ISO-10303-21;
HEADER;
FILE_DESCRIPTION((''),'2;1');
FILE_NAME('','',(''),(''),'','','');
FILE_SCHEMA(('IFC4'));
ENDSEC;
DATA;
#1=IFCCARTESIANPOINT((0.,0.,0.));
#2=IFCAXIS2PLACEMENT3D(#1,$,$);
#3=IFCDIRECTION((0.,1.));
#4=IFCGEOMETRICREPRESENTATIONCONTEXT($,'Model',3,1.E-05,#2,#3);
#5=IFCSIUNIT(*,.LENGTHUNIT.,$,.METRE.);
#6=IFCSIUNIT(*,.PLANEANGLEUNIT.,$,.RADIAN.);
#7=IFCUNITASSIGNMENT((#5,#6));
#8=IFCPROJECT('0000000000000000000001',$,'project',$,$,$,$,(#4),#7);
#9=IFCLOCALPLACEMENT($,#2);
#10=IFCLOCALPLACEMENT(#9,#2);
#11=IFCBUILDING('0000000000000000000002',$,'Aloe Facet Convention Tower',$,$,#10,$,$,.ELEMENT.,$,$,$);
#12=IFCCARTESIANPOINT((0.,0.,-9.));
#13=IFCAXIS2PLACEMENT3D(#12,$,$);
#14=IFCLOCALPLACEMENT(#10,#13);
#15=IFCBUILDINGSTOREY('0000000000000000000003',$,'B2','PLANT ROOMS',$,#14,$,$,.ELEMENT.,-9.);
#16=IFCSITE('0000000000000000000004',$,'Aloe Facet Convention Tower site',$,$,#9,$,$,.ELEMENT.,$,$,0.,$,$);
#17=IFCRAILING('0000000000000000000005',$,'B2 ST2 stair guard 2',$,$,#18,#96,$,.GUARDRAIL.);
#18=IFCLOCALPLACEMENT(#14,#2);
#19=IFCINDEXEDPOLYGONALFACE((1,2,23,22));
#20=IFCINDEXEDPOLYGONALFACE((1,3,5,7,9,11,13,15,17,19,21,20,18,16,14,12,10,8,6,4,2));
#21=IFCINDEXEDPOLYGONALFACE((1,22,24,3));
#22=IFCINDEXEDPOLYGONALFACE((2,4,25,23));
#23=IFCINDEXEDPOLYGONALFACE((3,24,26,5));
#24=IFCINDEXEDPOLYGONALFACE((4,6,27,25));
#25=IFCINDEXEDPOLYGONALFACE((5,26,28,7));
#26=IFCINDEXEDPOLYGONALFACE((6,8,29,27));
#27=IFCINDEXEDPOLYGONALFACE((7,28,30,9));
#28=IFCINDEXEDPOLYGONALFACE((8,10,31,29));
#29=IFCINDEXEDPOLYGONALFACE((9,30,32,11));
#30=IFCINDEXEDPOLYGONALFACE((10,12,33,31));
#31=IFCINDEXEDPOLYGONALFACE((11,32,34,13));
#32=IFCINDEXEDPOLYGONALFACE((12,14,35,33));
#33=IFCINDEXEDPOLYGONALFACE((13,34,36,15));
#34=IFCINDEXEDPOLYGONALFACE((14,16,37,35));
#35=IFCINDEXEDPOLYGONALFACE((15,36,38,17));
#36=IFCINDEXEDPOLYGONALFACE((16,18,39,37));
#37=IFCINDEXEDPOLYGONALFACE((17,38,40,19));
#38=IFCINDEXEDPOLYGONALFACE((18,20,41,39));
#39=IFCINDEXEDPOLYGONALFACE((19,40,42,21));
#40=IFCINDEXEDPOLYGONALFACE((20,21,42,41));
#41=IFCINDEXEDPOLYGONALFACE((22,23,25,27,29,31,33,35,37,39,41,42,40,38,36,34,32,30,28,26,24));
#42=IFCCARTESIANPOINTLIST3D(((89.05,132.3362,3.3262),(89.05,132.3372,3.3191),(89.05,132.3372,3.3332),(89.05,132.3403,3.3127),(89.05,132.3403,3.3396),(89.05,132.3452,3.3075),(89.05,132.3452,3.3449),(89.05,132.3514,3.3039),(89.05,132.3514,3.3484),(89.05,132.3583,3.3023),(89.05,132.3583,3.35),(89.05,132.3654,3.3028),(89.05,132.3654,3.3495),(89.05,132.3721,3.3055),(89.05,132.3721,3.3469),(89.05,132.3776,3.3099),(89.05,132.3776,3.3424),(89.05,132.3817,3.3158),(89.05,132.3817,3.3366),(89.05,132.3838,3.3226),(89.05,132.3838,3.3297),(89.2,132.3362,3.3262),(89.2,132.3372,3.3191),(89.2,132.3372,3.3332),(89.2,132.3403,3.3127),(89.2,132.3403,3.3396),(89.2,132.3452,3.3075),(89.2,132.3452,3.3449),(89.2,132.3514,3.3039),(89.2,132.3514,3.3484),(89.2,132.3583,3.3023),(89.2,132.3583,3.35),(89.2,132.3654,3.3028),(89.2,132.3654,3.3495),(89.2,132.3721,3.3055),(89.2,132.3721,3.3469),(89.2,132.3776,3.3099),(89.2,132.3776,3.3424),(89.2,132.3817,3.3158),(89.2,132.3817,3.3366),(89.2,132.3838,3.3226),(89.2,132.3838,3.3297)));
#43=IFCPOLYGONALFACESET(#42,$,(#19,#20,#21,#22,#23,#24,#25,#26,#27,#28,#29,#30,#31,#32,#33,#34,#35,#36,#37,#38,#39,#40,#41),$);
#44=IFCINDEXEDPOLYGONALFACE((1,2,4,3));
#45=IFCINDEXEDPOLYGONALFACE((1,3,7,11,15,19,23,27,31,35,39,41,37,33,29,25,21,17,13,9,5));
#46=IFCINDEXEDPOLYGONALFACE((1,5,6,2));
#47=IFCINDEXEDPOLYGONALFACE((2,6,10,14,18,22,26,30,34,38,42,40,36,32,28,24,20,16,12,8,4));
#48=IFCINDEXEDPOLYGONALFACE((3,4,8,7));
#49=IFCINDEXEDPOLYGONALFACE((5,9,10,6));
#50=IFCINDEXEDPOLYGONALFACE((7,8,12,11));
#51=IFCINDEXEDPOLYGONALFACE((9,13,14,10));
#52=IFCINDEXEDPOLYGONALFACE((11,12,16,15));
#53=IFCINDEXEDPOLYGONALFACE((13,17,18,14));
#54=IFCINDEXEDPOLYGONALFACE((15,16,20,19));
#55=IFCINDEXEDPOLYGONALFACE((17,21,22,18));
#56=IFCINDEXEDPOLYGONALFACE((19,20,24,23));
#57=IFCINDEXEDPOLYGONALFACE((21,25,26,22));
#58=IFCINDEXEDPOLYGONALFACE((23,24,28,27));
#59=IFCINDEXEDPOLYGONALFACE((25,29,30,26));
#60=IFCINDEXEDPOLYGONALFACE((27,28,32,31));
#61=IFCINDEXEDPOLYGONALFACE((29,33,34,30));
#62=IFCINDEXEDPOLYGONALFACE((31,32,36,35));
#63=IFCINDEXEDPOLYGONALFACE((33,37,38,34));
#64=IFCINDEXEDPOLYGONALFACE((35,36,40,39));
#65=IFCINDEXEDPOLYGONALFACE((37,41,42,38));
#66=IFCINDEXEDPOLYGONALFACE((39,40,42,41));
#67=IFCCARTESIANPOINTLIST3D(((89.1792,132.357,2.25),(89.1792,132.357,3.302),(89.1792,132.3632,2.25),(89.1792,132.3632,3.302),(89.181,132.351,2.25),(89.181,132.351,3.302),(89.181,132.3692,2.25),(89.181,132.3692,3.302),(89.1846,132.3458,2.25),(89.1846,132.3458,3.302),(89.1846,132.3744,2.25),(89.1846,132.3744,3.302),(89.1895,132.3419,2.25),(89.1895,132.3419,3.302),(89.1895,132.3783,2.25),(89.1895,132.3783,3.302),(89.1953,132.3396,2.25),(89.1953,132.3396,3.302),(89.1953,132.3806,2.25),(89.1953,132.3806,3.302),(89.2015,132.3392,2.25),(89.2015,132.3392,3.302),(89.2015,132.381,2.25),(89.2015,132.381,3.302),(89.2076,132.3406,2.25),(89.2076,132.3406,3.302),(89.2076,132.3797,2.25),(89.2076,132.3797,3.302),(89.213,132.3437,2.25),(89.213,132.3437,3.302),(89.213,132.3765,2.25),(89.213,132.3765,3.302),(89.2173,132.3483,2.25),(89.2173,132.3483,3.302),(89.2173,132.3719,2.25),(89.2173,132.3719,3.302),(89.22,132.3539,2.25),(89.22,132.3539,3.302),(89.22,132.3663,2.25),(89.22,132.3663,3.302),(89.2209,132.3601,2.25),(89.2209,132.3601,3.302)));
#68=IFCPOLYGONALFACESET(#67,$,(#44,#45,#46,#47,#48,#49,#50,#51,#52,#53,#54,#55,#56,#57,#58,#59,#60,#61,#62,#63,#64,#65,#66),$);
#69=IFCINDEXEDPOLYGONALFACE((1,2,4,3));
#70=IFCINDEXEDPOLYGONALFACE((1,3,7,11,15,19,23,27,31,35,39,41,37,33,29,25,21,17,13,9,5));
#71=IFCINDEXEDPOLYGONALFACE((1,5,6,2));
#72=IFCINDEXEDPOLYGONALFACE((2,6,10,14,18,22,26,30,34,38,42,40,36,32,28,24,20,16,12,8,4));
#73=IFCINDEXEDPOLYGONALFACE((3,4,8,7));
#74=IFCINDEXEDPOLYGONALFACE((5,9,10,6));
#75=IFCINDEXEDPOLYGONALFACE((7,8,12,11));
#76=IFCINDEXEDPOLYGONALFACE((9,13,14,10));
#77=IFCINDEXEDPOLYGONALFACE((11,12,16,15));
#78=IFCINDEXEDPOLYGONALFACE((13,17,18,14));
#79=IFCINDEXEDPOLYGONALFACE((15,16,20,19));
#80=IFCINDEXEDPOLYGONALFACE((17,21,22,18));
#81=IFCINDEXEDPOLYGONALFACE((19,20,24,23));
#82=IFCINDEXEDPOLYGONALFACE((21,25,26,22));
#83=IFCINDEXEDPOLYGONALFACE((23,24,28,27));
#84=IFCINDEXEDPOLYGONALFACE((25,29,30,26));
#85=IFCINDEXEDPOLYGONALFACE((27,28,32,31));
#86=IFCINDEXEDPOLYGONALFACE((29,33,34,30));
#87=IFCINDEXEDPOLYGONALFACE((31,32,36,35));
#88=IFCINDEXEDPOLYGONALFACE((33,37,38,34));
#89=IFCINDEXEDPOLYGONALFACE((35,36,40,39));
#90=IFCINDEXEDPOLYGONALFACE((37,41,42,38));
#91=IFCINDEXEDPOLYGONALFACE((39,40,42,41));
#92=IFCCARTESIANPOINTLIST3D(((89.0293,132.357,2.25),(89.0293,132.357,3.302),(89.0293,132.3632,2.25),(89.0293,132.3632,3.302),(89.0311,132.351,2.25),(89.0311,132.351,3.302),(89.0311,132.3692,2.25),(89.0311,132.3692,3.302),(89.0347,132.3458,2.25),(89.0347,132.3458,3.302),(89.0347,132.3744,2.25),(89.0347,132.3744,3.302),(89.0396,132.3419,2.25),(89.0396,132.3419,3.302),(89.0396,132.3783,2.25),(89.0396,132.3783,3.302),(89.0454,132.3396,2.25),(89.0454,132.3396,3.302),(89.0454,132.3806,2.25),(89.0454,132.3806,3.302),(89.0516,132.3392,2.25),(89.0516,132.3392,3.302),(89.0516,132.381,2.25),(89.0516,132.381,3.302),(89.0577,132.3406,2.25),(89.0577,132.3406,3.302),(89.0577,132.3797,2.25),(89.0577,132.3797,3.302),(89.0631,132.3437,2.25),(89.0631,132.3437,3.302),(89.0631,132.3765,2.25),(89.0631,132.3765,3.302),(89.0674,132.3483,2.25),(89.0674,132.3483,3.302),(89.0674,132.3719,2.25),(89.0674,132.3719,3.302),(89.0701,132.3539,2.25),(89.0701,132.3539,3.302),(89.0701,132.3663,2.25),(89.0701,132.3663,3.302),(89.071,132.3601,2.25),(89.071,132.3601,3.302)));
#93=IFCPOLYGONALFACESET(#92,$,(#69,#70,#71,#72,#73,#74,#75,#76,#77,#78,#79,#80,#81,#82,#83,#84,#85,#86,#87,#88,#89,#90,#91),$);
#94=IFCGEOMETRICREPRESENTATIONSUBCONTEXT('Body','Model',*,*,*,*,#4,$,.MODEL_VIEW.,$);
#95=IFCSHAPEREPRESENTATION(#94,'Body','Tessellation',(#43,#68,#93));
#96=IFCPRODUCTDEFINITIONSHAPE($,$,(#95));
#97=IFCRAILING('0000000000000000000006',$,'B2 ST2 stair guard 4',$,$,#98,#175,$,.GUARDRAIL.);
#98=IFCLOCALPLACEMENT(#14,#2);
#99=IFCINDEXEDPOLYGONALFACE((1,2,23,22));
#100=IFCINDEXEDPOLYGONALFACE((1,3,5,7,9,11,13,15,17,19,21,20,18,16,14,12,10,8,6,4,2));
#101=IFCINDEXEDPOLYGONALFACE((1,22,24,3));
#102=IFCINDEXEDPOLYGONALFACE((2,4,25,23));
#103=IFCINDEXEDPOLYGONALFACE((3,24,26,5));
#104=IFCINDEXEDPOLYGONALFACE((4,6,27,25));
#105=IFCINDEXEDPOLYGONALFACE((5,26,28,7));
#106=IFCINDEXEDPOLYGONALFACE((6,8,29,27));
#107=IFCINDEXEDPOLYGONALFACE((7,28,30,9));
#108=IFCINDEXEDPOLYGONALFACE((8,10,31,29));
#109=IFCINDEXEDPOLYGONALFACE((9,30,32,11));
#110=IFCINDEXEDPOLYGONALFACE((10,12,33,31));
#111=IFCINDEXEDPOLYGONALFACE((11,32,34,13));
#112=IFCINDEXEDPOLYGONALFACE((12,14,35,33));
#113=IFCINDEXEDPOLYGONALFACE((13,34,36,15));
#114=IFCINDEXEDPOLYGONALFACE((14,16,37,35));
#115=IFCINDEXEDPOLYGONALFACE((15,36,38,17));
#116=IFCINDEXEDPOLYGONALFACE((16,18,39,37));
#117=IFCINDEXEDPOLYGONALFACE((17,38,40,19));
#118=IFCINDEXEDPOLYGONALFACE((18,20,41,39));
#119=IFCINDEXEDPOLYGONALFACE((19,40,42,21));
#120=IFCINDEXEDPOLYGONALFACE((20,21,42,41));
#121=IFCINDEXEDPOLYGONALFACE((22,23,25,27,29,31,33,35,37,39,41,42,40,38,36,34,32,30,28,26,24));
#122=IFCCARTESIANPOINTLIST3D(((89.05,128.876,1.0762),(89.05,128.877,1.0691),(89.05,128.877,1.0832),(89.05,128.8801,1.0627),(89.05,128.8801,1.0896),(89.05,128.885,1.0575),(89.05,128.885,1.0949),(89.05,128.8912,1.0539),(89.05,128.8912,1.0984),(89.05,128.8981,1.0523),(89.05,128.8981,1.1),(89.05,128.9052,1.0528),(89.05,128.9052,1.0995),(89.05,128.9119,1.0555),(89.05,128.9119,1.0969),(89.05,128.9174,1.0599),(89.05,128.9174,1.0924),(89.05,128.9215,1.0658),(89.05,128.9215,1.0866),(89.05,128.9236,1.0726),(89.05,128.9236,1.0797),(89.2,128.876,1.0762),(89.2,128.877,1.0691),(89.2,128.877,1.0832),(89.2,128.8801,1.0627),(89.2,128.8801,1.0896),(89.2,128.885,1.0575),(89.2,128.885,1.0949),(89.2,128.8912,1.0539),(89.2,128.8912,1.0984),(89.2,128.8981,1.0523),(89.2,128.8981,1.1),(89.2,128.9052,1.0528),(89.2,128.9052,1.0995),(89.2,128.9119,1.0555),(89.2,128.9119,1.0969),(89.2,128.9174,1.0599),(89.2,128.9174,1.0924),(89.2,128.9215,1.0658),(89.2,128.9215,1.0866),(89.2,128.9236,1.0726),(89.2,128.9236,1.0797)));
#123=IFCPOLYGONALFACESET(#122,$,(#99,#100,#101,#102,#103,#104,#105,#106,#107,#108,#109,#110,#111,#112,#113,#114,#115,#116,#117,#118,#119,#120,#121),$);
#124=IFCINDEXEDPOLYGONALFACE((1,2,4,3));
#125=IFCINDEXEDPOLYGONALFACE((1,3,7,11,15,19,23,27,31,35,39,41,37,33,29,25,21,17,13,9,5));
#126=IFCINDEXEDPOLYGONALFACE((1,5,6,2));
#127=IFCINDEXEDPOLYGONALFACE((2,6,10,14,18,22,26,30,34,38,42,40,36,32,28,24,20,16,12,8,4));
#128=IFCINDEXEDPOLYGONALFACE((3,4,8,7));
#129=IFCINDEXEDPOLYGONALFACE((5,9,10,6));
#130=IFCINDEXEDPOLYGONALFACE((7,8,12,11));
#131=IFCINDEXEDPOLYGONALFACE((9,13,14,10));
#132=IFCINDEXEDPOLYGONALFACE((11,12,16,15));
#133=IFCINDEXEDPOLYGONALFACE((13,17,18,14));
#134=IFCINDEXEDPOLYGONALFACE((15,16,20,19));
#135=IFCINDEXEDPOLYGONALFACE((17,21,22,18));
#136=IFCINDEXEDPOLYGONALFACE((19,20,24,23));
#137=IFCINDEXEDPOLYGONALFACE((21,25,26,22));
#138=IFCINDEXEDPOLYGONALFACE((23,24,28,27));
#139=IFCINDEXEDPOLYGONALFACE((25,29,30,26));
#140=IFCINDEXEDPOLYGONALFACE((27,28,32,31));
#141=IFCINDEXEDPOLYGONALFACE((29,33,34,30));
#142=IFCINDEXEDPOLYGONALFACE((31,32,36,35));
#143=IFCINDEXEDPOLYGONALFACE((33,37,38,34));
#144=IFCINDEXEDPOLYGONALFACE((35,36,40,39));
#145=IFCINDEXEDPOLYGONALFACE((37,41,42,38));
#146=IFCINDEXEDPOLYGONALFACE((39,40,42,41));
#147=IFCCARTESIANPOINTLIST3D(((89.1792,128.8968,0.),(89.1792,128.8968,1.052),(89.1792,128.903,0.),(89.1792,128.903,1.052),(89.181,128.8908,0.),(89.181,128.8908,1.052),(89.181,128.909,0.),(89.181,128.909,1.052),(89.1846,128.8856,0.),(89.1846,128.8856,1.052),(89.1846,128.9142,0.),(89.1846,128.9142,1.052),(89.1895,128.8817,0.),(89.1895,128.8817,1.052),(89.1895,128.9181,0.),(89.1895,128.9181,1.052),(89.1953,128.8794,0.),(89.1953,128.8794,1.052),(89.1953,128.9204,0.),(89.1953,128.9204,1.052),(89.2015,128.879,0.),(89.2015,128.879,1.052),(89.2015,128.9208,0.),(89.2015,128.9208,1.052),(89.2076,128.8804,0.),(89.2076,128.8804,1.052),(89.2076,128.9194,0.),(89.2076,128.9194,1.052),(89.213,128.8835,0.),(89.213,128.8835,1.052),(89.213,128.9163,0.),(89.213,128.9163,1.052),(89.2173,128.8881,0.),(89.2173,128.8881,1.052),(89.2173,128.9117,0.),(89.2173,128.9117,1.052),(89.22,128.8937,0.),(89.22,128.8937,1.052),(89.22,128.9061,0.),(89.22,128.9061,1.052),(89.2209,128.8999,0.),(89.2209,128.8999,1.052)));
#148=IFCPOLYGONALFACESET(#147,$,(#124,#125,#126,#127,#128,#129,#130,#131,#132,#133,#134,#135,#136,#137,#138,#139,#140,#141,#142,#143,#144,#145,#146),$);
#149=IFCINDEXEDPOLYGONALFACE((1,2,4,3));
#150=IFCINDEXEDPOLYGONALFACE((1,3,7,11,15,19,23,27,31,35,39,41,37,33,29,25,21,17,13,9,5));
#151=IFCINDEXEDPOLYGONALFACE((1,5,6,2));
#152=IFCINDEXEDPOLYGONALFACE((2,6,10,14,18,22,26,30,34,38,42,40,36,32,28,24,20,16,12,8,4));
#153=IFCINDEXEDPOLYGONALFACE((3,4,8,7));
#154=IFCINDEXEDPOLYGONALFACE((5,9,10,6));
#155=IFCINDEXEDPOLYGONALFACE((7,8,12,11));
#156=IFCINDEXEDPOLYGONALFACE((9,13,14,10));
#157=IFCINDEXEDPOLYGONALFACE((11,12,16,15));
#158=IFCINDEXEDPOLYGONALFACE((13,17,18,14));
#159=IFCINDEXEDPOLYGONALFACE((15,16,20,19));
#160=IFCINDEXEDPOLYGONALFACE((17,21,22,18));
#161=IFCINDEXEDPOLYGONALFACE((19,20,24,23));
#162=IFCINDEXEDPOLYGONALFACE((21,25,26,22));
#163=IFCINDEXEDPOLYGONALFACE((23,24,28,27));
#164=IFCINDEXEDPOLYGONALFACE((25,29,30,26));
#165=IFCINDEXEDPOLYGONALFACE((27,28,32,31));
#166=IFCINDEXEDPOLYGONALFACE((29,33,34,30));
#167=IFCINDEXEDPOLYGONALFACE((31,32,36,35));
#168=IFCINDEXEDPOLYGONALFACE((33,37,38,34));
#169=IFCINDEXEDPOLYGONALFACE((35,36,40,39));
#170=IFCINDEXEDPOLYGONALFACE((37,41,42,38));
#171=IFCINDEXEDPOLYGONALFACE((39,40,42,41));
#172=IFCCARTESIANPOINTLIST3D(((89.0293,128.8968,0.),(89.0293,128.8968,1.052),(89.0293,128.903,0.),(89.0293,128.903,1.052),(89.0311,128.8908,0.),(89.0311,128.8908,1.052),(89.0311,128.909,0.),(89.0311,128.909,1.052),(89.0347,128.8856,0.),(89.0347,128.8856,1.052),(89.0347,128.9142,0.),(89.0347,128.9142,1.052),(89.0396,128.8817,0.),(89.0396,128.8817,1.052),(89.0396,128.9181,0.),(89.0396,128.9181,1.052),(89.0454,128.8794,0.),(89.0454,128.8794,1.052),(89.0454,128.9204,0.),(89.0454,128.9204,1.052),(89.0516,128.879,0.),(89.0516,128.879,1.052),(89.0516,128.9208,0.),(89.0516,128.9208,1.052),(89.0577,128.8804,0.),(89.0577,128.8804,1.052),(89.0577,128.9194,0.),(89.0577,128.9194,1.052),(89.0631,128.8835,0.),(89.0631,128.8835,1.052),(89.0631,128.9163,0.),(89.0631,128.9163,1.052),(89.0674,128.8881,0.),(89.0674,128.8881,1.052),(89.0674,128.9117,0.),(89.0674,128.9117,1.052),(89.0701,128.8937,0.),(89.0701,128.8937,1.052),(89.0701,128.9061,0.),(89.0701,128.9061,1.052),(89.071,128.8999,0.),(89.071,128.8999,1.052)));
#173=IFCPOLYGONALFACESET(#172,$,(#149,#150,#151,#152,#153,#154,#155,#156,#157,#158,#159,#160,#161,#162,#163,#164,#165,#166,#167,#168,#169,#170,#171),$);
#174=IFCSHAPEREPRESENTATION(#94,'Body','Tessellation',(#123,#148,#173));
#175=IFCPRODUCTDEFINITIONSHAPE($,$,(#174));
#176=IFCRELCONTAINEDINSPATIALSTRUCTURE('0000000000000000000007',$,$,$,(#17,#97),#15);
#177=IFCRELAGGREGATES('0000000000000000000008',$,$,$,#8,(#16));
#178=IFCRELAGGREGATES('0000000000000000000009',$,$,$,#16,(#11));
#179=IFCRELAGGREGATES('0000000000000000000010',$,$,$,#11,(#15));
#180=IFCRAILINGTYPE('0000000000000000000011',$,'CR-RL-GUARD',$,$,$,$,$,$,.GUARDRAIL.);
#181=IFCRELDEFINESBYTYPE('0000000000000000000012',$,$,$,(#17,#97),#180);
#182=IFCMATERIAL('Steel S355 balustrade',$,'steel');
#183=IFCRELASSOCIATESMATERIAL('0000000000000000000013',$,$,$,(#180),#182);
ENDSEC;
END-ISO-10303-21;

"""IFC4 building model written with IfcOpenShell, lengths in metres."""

from ifc_helpers import new_model, si_unit, direction, frame, origin, origin_2d, place, context, subcontext, project, spatial, circle, extrude, material, type_object, element, save


model = new_model("IFC4")

# Units and contexts
model_context = context("Model", 3, precision=1e-05, world=origin(), true_north=direction((0.0, 1.0)))
body_context = subcontext(model_context, "Body", "Model", "MODEL_VIEW")
ifc_project = project(units=[si_unit("LENGTHUNIT", "METRE"), si_unit("PLANEANGLEUNIT", "RADIAN")], contexts=[model_context])

# Site, building, storey
site_placement = place(None, origin())
site = spatial("IfcSite", under=ifc_project, at=site_placement, Name="Aloe Facet Convention Tower site", CompositionType="ELEMENT", RefElevation=0.0)
building_placement = place(site_placement, origin())
building = spatial("IfcBuilding", under=site, at=building_placement, Name="Aloe Facet Convention Tower", CompositionType="ELEMENT")
storey_placement = place(building_placement, frame((0.0, 0.0, -9.0)))
storey = spatial("IfcBuildingStorey", under=building, at=storey_placement, Name="B2", Description="PLANT ROOMS", CompositionType="ELEMENT", Elevation=-9.0)

# Railings
ifc_material_1 = material(Name="Steel S355 balustrade", Category="steel")
railing_type_1 = type_object("IfcRailingType", Name="CR-RL-GUARD", PredefinedType="GUARDRAIL", material=ifc_material_1)
for number, where, name in (
    (1, (89.2, 132.3601, 2.25), "B2 ST2 stair guard 2"),
    (2, (89.2, 128.8999, 0.0), "B2 ST2 stair guard 4"),
):
    element("IfcRailing", number, at=place(storey_placement, frame(where)), inside=storey, type_object=railing_type_1, Name=name, PredefinedType="GUARDRAIL", context=body_context, shape_type="SweptSolid", body=[
        extrude(circle(Radius=0.0239, at=origin_2d()), frame((0.0, 0.0, 1.0762), z_axis=(-1.0, 0.0, 0.0), x_axis=(0.0, -1.0, 0.0)), (0.0, 0.0, 1.0), 0.1499),
        extrude(circle(Radius=0.021, at=origin_2d()), origin(), (0.0, 0.0, 1.0), 1.052),
        extrude(circle(Radius=0.021, at=origin_2d()), frame((-0.1499, 0.0, 0.0)), (0.0, 0.0, 1.0), 1.052),
    ])

save(model, "model.ifc")
